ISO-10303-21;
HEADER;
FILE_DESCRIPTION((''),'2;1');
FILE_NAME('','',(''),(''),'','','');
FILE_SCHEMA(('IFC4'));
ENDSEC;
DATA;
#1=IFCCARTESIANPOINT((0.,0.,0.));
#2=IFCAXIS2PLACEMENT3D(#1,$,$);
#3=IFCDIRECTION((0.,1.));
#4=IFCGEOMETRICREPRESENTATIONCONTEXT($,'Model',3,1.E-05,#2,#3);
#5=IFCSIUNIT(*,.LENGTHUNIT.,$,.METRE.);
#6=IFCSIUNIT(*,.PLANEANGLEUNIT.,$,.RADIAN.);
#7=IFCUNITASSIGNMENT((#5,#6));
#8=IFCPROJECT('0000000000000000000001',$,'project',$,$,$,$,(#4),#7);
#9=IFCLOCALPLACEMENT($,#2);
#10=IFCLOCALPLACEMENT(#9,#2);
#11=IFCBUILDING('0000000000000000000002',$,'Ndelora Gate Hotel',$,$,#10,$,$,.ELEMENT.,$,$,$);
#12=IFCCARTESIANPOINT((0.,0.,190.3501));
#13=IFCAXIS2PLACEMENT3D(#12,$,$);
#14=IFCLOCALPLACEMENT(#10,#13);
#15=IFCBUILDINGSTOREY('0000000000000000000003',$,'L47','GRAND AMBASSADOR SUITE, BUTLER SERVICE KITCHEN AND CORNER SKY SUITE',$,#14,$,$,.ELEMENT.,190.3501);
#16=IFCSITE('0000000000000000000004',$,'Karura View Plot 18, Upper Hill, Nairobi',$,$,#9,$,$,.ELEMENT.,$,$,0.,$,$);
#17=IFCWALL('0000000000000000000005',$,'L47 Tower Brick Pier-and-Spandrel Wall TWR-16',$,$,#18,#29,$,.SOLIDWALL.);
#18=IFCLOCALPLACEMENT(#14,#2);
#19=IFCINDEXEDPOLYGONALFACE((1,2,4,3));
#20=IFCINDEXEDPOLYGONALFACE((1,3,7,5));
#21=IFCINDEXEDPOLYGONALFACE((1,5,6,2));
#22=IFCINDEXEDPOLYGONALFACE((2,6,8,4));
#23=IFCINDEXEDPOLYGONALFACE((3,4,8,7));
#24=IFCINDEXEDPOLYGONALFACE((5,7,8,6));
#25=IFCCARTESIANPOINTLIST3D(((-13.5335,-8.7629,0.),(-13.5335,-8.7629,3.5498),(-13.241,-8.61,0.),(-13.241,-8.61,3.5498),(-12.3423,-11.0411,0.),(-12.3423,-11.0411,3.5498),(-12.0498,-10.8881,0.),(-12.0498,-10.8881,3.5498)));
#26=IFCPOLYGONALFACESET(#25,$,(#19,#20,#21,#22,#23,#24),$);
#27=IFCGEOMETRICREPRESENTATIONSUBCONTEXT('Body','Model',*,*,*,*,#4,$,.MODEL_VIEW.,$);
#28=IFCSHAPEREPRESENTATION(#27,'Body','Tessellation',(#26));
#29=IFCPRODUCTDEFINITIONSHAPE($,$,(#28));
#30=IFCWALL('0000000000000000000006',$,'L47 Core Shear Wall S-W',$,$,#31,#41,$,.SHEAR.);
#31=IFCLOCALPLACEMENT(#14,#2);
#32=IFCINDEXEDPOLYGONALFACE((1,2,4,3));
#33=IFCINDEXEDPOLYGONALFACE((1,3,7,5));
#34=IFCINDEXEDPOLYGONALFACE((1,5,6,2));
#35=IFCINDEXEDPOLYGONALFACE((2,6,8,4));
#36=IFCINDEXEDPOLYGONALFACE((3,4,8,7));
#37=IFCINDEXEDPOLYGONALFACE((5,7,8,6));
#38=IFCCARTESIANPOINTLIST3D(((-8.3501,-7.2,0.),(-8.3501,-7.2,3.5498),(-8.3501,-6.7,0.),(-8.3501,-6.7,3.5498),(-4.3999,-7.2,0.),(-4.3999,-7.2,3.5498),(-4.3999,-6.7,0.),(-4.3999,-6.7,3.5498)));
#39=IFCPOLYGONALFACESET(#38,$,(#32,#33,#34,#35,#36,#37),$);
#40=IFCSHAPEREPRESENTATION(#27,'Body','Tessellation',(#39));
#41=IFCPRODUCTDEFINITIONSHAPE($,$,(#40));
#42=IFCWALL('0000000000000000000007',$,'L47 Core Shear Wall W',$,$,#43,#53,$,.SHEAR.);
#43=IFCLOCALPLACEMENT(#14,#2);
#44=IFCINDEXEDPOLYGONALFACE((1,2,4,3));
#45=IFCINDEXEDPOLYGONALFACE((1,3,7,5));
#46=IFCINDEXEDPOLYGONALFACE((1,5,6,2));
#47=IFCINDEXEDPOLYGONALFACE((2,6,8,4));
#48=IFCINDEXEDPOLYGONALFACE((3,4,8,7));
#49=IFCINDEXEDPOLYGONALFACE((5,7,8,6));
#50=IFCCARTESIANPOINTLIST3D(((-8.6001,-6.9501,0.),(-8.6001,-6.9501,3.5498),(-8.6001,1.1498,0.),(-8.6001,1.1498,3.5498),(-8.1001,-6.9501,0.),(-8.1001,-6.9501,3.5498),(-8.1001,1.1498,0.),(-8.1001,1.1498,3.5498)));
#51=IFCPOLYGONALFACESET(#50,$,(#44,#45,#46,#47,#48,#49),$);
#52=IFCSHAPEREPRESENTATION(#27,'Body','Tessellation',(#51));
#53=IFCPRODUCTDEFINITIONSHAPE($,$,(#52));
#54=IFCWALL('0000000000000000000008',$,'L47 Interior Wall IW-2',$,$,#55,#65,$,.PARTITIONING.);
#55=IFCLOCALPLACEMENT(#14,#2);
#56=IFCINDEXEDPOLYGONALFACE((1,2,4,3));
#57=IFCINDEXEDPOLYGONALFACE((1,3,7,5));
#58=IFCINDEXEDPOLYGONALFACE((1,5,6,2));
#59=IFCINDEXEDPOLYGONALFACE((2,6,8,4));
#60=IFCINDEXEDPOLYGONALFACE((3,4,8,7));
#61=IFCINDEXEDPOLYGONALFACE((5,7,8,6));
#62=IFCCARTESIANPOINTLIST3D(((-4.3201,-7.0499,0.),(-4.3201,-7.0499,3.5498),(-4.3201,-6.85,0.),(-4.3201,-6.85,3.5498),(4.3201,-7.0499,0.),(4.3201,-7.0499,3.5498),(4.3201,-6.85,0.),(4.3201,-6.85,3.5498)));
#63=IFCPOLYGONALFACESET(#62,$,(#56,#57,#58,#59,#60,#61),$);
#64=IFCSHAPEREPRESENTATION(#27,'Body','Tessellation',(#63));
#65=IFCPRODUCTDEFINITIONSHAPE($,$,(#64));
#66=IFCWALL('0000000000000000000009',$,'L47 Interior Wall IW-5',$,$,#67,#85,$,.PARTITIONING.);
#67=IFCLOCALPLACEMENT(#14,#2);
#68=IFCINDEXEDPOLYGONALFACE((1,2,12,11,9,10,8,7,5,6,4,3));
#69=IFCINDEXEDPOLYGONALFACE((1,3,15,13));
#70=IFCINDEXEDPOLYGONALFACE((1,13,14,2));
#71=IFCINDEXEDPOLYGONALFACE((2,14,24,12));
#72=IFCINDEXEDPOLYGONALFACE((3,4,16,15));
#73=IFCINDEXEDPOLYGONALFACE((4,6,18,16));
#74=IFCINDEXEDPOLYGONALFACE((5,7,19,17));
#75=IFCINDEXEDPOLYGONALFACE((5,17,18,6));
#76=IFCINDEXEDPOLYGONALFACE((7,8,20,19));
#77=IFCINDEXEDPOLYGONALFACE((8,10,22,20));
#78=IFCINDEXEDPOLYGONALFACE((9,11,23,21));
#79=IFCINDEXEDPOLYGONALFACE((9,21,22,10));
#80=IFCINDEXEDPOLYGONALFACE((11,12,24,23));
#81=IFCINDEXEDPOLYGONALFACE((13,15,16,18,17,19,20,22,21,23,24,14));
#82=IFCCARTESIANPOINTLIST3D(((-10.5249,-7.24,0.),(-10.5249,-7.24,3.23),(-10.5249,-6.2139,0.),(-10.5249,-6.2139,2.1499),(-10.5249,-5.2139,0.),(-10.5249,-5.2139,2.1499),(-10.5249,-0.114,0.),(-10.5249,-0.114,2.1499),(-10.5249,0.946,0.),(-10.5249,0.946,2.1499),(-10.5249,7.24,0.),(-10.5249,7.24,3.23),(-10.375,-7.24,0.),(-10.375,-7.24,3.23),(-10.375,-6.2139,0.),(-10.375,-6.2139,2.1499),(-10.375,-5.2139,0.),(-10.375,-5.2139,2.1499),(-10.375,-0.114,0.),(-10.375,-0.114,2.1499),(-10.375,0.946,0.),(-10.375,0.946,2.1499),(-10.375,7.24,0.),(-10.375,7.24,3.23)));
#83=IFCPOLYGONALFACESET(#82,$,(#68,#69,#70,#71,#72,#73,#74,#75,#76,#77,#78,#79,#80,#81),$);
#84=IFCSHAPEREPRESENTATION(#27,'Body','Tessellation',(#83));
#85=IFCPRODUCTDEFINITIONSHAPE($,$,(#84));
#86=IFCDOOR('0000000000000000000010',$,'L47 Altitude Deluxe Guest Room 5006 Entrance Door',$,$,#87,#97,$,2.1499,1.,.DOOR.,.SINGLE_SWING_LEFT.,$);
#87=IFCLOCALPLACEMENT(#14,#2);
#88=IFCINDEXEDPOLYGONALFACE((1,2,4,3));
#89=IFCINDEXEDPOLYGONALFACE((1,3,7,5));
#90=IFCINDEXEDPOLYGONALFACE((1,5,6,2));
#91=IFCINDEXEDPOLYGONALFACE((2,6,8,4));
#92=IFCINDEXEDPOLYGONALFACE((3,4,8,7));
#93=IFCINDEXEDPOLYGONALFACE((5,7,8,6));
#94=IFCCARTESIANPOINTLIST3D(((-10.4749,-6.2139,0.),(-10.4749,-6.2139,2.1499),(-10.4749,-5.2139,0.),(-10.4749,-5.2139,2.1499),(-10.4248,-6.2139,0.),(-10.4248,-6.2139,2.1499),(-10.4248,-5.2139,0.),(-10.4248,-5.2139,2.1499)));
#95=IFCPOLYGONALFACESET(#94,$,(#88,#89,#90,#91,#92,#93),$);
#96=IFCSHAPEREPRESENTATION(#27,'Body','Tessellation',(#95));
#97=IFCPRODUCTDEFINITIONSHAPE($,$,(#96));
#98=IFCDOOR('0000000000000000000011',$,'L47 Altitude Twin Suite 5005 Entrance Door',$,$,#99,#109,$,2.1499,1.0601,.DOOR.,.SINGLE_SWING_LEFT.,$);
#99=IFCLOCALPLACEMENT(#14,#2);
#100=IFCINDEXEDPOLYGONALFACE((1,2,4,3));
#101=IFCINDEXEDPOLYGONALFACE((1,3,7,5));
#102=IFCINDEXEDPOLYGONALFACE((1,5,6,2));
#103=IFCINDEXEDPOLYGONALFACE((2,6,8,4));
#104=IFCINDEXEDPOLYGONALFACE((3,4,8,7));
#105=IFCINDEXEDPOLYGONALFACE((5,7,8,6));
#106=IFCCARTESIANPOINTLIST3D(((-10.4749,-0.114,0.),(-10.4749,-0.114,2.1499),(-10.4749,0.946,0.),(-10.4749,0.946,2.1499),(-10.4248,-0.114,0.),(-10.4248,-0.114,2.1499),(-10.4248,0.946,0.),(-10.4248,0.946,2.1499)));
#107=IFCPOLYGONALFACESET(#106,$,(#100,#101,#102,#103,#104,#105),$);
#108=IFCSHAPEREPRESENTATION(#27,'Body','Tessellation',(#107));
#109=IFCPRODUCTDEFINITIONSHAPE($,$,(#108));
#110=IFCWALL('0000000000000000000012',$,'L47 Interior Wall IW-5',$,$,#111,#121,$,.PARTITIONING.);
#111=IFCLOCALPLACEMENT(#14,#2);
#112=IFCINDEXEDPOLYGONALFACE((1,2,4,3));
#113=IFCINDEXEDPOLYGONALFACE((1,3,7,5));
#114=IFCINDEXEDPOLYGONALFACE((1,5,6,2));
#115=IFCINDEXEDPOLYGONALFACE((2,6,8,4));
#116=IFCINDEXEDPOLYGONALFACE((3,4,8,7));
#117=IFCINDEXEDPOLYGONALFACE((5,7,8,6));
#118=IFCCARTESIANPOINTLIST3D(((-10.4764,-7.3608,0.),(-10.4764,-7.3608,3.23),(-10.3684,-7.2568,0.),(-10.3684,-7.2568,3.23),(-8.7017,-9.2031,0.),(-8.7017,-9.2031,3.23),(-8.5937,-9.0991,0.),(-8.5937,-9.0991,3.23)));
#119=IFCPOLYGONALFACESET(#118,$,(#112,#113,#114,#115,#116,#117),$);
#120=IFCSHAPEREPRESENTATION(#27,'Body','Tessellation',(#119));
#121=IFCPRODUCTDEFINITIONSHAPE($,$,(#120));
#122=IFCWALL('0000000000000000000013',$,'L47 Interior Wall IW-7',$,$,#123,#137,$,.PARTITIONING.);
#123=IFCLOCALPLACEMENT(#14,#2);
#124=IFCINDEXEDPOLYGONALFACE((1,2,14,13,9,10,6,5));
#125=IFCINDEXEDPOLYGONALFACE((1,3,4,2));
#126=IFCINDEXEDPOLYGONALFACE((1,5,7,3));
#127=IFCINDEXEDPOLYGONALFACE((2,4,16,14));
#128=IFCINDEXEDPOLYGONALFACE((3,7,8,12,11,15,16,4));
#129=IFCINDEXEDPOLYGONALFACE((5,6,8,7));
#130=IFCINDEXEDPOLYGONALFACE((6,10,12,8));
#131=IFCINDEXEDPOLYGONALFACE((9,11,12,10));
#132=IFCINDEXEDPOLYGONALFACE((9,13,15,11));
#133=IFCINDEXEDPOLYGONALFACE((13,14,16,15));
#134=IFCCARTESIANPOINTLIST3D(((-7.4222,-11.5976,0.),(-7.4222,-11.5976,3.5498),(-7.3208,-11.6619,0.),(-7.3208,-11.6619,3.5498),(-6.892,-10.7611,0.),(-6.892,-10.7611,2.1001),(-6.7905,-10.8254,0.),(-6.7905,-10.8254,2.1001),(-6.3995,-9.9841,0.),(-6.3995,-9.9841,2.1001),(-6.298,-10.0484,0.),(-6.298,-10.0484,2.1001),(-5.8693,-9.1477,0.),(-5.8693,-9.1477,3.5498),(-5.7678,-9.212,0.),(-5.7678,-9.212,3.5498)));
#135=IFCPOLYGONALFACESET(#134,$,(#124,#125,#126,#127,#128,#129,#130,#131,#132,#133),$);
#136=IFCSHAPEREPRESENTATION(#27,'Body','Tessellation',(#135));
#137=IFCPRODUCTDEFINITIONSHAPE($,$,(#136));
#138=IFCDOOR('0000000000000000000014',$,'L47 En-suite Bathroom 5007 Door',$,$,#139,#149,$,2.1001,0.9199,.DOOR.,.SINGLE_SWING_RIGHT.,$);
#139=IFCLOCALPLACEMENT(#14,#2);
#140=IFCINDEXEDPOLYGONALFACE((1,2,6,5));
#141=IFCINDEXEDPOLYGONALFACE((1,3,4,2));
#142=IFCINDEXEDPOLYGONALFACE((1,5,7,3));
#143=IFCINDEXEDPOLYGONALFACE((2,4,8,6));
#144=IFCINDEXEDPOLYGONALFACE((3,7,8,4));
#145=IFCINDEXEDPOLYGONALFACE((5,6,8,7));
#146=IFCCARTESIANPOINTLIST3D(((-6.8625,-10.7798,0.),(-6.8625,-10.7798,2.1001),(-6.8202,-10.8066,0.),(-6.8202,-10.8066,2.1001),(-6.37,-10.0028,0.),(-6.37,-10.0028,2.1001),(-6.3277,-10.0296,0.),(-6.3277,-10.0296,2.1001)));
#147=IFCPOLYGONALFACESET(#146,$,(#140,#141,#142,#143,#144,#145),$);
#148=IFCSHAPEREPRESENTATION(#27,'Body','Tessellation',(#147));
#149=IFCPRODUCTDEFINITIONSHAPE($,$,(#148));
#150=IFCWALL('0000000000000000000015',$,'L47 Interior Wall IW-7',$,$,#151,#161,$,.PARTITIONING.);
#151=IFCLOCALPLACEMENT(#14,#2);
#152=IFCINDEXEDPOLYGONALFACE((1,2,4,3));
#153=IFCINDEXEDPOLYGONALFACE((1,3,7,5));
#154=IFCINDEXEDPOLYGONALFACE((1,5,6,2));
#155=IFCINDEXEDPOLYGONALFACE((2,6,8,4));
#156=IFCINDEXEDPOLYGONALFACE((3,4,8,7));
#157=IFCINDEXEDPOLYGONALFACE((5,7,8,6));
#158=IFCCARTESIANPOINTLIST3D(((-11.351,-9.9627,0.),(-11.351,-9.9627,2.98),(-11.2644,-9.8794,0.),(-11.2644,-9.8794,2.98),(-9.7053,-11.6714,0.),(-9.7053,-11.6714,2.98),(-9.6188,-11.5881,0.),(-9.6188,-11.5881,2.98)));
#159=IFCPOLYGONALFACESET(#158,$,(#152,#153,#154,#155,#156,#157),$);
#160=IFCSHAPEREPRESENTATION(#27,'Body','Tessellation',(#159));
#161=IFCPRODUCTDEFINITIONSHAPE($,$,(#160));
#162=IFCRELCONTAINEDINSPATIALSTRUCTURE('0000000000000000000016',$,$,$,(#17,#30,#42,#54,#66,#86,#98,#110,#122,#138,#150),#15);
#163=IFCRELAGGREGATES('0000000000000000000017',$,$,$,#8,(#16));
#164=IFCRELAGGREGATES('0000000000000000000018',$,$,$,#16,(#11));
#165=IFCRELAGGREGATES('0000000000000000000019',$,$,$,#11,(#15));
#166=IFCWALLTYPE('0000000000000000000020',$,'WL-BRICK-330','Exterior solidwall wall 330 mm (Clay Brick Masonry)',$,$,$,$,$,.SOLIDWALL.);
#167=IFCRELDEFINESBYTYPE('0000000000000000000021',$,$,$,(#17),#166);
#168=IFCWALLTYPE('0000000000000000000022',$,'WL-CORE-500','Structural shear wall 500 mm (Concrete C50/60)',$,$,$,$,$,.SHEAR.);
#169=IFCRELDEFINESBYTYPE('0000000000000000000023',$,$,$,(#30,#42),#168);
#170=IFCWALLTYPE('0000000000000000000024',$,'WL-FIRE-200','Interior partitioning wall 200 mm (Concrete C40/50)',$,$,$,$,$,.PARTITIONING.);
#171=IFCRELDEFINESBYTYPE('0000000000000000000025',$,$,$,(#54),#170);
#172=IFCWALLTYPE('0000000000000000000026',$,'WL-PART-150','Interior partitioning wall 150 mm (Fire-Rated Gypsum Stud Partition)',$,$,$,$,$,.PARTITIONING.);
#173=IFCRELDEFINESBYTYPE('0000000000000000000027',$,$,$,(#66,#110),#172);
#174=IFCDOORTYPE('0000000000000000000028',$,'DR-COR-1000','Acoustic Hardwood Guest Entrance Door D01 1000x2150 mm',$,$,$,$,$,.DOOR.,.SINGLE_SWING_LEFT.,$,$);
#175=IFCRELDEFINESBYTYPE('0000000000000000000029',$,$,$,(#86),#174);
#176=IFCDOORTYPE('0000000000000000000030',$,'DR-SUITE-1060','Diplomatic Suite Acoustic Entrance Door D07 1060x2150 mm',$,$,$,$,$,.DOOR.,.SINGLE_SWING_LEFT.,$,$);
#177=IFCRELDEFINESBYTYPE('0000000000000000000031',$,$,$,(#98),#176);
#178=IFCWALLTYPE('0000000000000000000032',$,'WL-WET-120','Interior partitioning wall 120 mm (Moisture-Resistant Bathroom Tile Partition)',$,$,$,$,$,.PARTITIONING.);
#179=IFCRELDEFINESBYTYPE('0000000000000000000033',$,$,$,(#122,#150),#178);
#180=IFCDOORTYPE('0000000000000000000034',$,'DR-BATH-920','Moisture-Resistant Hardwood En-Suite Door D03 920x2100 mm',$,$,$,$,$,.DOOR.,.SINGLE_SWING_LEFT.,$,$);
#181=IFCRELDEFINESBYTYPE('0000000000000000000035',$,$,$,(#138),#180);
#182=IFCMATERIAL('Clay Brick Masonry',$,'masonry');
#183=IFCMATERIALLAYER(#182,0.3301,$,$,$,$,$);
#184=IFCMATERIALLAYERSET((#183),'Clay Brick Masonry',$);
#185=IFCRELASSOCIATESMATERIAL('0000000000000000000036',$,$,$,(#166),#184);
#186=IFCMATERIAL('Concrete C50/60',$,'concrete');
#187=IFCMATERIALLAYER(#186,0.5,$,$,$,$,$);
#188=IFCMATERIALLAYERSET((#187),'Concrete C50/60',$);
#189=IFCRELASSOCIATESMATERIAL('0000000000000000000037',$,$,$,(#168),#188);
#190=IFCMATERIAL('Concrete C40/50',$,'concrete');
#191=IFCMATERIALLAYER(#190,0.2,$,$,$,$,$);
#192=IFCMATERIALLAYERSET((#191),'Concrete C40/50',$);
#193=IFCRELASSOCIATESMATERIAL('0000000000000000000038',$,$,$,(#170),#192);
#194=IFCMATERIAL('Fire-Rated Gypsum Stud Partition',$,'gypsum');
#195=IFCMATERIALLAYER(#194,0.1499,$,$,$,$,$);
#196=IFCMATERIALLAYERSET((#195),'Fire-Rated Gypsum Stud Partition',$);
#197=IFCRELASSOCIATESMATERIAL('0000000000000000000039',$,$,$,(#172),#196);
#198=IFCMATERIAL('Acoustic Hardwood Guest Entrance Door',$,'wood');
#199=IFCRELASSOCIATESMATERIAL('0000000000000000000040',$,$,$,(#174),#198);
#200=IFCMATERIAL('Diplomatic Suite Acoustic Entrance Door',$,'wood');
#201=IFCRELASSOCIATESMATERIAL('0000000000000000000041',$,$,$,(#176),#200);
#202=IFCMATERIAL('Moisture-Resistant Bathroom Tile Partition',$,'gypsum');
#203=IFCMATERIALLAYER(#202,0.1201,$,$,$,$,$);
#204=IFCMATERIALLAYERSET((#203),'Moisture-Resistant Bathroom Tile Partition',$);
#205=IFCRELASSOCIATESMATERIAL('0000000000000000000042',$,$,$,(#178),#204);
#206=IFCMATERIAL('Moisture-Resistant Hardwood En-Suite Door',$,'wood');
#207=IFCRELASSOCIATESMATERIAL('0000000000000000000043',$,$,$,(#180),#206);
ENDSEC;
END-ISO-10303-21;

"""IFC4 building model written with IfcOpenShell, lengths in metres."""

from ifc_helpers import new_model, si_unit, direction, frame, frame_2d, origin, place, context, subcontext, project, spatial, rectangle, extrude, material, layer, layer_set, type_object, element, fill, save


model = new_model("IFC4")

# Units and contexts
model_context = context("Model", 3, precision=1e-05, world=origin(), true_north=direction((0.0, 1.0)))
body_context = subcontext(model_context, "Body", "Model", "MODEL_VIEW")
ifc_project = project(units=[si_unit("LENGTHUNIT", "METRE"), si_unit("PLANEANGLEUNIT", "RADIAN")], contexts=[model_context])

# Site, building, storey
site_placement = place(None, origin())
site = spatial("IfcSite", under=ifc_project, at=site_placement, Name="Karura View Plot 18, Upper Hill, Nairobi", CompositionType="ELEMENT", RefElevation=0.0)
building_placement = place(site_placement, origin())
building = spatial("IfcBuilding", under=site, at=building_placement, Name="Ndelora Gate Hotel", CompositionType="ELEMENT")
storey_placement = place(building_placement, frame((0.0, 0.0, 190.3501)))
storey = spatial("IfcBuildingStorey", under=building, at=storey_placement, Name="L47", Description="GRAND AMBASSADOR SUITE, BUTLER SERVICE KITCHEN AND CORNER SKY SUITE", CompositionType="ELEMENT", Elevation=190.3501)

# Shared definitions
ifc_material_1 = material(Name="Concrete C50/60", Category="concrete")

# Walls
ifc_material_2 = material(Name="Clay Brick Masonry", Category="masonry")
ifc_layer_1 = layer(ifc_material_2, 0.3301)
ifc_layer_set_1 = layer_set([ifc_layer_1], Name="Clay Brick Masonry")
wall_type_1 = type_object("IfcWallType", Name="WL-BRICK-330", Description="Exterior solidwall wall 330 mm (Clay Brick Masonry)", PredefinedType="SOLIDWALL", material=ifc_layer_set_1)
wall_1_placement = place(storey_placement, frame((-12.196, -10.9646, 0.0), z_axis=(0.0, 0.0, 1.0), x_axis=(-0.463361, 0.88617, 0.0)))
element("IfcWall", 1, at=wall_1_placement, inside=storey, type_object=wall_type_1, Name="L47 Tower Brick Pier-and-Spandrel Wall TWR-16", PredefinedType="SOLIDWALL", context=body_context, shape_type="SweptSolid", body=[
    extrude(rectangle(XDim=2.5708, YDim=0.3301, at=frame_2d((1.2854, 0.0))), origin(), (0.0, 0.0, 1.0), 3.5498),
])
ifc_layer_2 = layer(ifc_material_1, 0.5)
ifc_layer_set_2 = layer_set([ifc_layer_2], Name="Concrete C50/60")
wall_type_2 = type_object("IfcWallType", Name="WL-CORE-500", Description="Structural shear wall 500 mm (Concrete C50/60)", PredefinedType="SHEAR", material=ifc_layer_set_2)
wall_2_placement = place(storey_placement, frame((-8.3501, -6.95, 0.0), z_axis=(0.0, 0.0, 1.0), x_axis=(1.0, 0.0, 0.0)))
element("IfcWall", 2, at=wall_2_placement, inside=storey, type_object=wall_type_2, Name="L47 Core Shear Wall S-W", PredefinedType="SHEAR", context=body_context, shape_type="SweptSolid", body=[
    extrude(rectangle(XDim=3.9502, YDim=0.5, at=frame_2d((1.9751, 0.0))), origin(), (0.0, 0.0, 1.0), 3.5498),
])
wall_3_placement = place(storey_placement, frame((-8.3501, -6.95, 0.0), z_axis=(0.0, 0.0, 1.0), x_axis=(0.0, 1.0, 0.0)))
element("IfcWall", 3, at=wall_3_placement, inside=storey, type_object=wall_type_2, Name="L47 Core Shear Wall W", PredefinedType="SHEAR", context=body_context, shape_type="SweptSolid", body=[
    extrude(rectangle(XDim=8.0999, YDim=0.5, at=frame_2d((4.0498, 0.0))), origin(), (0.0, 0.0, 1.0), 3.5498),
])
ifc_material_3 = material(Name="Concrete C40/50", Category="concrete")
ifc_layer_3 = layer(ifc_material_3, 0.2)
ifc_layer_set_3 = layer_set([ifc_layer_3], Name="Concrete C40/50")
wall_type_3 = type_object("IfcWallType", Name="WL-FIRE-200", Description="Interior partitioning wall 200 mm (Concrete C40/50)", PredefinedType="PARTITIONING", material=ifc_layer_set_3)
wall_4_placement = place(storey_placement, frame((-4.3201, -6.95, 0.0), z_axis=(0.0, 0.0, 1.0), x_axis=(1.0, 0.0, 0.0)))
element("IfcWall", 4, at=wall_4_placement, inside=storey, type_object=wall_type_3, Name="L47 Interior Wall IW-2", PredefinedType="PARTITIONING", context=body_context, shape_type="SweptSolid", body=[
    extrude(rectangle(XDim=8.6401, YDim=0.2, at=frame_2d((4.3201, 0.0))), origin(), (0.0, 0.0, 1.0), 3.5498),
])

# Wall, openings, doors
ifc_material_4 = material(Name="Fire-Rated Gypsum Stud Partition", Category="gypsum")
ifc_layer_4 = layer(ifc_material_4, 0.1499)
ifc_layer_set_4 = layer_set([ifc_layer_4], Name="Fire-Rated Gypsum Stud Partition")
wall_type_4 = type_object("IfcWallType", Name="WL-PART-150", Description="Interior partitioning wall 150 mm (Fire-Rated Gypsum Stud Partition)", PredefinedType="PARTITIONING", material=ifc_layer_set_4)
wall_5_placement = place(storey_placement, frame((-10.45, -7.24, 0.0), z_axis=(0.0, 0.0, 1.0), x_axis=(0.0, 1.0, 0.0)))
wall_5 = element("IfcWall", 5, at=wall_5_placement, inside=storey, type_object=wall_type_4, Name="L47 Interior Wall IW-5", PredefinedType="PARTITIONING", context=body_context, shape_type="SweptSolid", body=[
    extrude(rectangle(XDim=14.48, YDim=0.1499, at=frame_2d((7.24, 0.0))), origin(), (0.0, 0.0, 1.0), 3.23),
])
opening_1_placement = place(wall_5_placement, frame((1.0261, 0.0, 0.0)))
opening_1 = element("IfcOpeningElement", 6, at=opening_1_placement, cuts=wall_5, PredefinedType="OPENING", context=body_context, shape_type="SweptSolid", body=[
    extrude(rectangle(XDim=1.0, YDim=2.1499, at=frame_2d((0.5, 1.075))), frame((0.0, 0.085, 0.0), z_axis=(0.0, -1.0, 0.0), x_axis=(1.0, 0.0, 0.0)), (0.0, 0.0, 1.0), 0.1699),
])
opening_2_placement = place(wall_5_placement, frame((7.126, 0.0, 0.0)))
opening_2 = element("IfcOpeningElement", 7, at=opening_2_placement, cuts=wall_5, PredefinedType="OPENING", context=body_context, shape_type="SweptSolid", body=[
    extrude(rectangle(XDim=1.0601, YDim=2.1499, at=frame_2d((0.53, 1.075))), frame((0.0, 0.085, 0.0), z_axis=(0.0, -1.0, 0.0), x_axis=(1.0, 0.0, 0.0)), (0.0, 0.0, 1.0), 0.1699),
])
ifc_material_5 = material(Name="Acoustic Hardwood Guest Entrance Door", Category="wood")
door_type_1 = type_object("IfcDoorType", Name="DR-COR-1000", Description="Acoustic Hardwood Guest Entrance Door D01 1000x2150 mm", OperationType="SINGLE_SWING_LEFT", PredefinedType="DOOR", material=ifc_material_5)
door_1_placement = place(opening_1_placement, origin())
door_1 = element("IfcDoor", 8, at=door_1_placement, inside=storey, type_object=door_type_1, Name="L47 Altitude Deluxe Guest Room 5006 Entrance Door", OperationType="SINGLE_SWING_LEFT", OverallHeight=2.1499, OverallWidth=1.0, PredefinedType="DOOR", context=body_context, shape_type="SweptSolid", body=[
    extrude(rectangle(XDim=1.0, YDim=2.1499, at=frame_2d((0.5, 1.075))), frame((0.0, 0.0249, 0.0), z_axis=(0.0, -1.0, 0.0), x_axis=(1.0, 0.0, 0.0)), (0.0, 0.0, 1.0), 0.05),
])
fill(opening_1, door_1)
ifc_material_6 = material(Name="Diplomatic Suite Acoustic Entrance Door", Category="wood")
door_type_2 = type_object("IfcDoorType", Name="DR-SUITE-1060", Description="Diplomatic Suite Acoustic Entrance Door D07 1060x2150 mm", OperationType="SINGLE_SWING_LEFT", PredefinedType="DOOR", material=ifc_material_6)
door_2_placement = place(opening_2_placement, origin())
door_2 = element("IfcDoor", 9, at=door_2_placement, inside=storey, type_object=door_type_2, Name="L47 Altitude Twin Suite 5005 Entrance Door", OperationType="SINGLE_SWING_LEFT", OverallHeight=2.1499, OverallWidth=1.0601, PredefinedType="DOOR", context=body_context, shape_type="SweptSolid", body=[
    extrude(rectangle(XDim=1.0601, YDim=2.1499, at=frame_2d((0.53, 1.075))), frame((0.0, 0.0249, 0.0), z_axis=(0.0, -1.0, 0.0), x_axis=(1.0, 0.0, 0.0)), (0.0, 0.0, 1.0), 0.05),
])
fill(opening_2, door_2)

# Wall
wall_6_placement = place(storey_placement, frame((-8.6477, -9.1511, 0.0), z_axis=(0.0, 0.0, 1.0), x_axis=(-0.693765, 0.720202, 0.0)))
element("IfcWall", 10, at=wall_6_placement, inside=storey, type_object=wall_type_4, Name="L47 Interior Wall IW-5", PredefinedType="PARTITIONING", context=body_context, shape_type="SweptSolid", body=[
    extrude(rectangle(XDim=2.5581, YDim=0.1499, at=frame_2d((1.2791, 0.0))), origin(), (0.0, 0.0, 1.0), 3.23),
])

# Wall, opening, door
ifc_material_7 = material(Name="Moisture-Resistant Bathroom Tile Partition", Category="gypsum")
ifc_layer_5 = layer(ifc_material_7, 0.1201)
ifc_layer_set_5 = layer_set([ifc_layer_5], Name="Moisture-Resistant Bathroom Tile Partition")
wall_type_5 = type_object("IfcWallType", Name="WL-WET-120", Description="Interior partitioning wall 120 mm (Moisture-Resistant Bathroom Tile Partition)", PredefinedType="PARTITIONING", material=ifc_layer_set_5)
wall_7_placement = place(storey_placement, frame((-5.8186, -9.1799, 0.0), z_axis=(0.0, 0.0, 1.0), x_axis=(-0.535382, -0.84461, 0.0)))
wall_7 = element("IfcWall", 11, at=wall_7_placement, inside=storey, type_object=wall_type_5, Name="L47 Interior Wall IW-7", PredefinedType="PARTITIONING", context=body_context, shape_type="SweptSolid", body=[
    extrude(rectangle(XDim=2.9006, YDim=0.1201, at=frame_2d((1.4502, 0.0))), origin(), (0.0, 0.0, 1.0), 3.5498),
])
opening_3_placement = place(wall_7_placement, frame((0.9902, 0.0, 0.0)))
opening_3 = element("IfcOpeningElement", 12, at=opening_3_placement, cuts=wall_7, PredefinedType="OPENING", context=body_context, shape_type="SweptSolid", body=[
    extrude(rectangle(XDim=0.9199, YDim=2.1001, at=frame_2d((0.46, 1.05))), frame((0.0, 0.0701, 0.0), z_axis=(0.0, -1.0, 0.0), x_axis=(1.0, 0.0, 0.0)), (0.0, 0.0, 1.0), 0.1401),
])
ifc_material_8 = material(Name="Moisture-Resistant Hardwood En-Suite Door", Category="wood")
door_type_3 = type_object("IfcDoorType", Name="DR-BATH-920", Description="Moisture-Resistant Hardwood En-Suite Door D03 920x2100 mm", OperationType="SINGLE_SWING_LEFT", PredefinedType="DOOR", material=ifc_material_8)
door_3_placement = place(opening_3_placement, origin())
door_3 = element("IfcDoor", 13, at=door_3_placement, inside=storey, type_object=door_type_3, Name="L47 En-suite Bathroom 5007 Door", OperationType="SINGLE_SWING_RIGHT", OverallHeight=2.1001, OverallWidth=0.9199, PredefinedType="DOOR", context=body_context, shape_type="SweptSolid", body=[
    extrude(rectangle(XDim=0.9199, YDim=2.1001, at=frame_2d((0.46, 1.05))), frame((0.0, 0.0249, 0.0), z_axis=(0.0, -1.0, 0.0), x_axis=(1.0, 0.0, 0.0)), (0.0, 0.0, 1.0), 0.05),
])
fill(opening_3, door_3)

# Wall
wall_8_placement = place(storey_placement, frame((-11.3076, -9.9211, 0.0), z_axis=(0.0, 0.0, 1.0), x_axis=(0.693707, -0.720257, 0.0)))
element("IfcWall", 14, at=wall_8_placement, inside=storey, type_object=wall_type_5, Name="L47 Interior Wall IW-7", PredefinedType="PARTITIONING", context=body_context, shape_type="SweptSolid", body=[
    extrude(rectangle(XDim=2.3723, YDim=0.1201, at=frame_2d((1.186, 0.0))), origin(), (0.0, 0.0, 1.0), 2.98),
])

save(model, "model.ifc")
